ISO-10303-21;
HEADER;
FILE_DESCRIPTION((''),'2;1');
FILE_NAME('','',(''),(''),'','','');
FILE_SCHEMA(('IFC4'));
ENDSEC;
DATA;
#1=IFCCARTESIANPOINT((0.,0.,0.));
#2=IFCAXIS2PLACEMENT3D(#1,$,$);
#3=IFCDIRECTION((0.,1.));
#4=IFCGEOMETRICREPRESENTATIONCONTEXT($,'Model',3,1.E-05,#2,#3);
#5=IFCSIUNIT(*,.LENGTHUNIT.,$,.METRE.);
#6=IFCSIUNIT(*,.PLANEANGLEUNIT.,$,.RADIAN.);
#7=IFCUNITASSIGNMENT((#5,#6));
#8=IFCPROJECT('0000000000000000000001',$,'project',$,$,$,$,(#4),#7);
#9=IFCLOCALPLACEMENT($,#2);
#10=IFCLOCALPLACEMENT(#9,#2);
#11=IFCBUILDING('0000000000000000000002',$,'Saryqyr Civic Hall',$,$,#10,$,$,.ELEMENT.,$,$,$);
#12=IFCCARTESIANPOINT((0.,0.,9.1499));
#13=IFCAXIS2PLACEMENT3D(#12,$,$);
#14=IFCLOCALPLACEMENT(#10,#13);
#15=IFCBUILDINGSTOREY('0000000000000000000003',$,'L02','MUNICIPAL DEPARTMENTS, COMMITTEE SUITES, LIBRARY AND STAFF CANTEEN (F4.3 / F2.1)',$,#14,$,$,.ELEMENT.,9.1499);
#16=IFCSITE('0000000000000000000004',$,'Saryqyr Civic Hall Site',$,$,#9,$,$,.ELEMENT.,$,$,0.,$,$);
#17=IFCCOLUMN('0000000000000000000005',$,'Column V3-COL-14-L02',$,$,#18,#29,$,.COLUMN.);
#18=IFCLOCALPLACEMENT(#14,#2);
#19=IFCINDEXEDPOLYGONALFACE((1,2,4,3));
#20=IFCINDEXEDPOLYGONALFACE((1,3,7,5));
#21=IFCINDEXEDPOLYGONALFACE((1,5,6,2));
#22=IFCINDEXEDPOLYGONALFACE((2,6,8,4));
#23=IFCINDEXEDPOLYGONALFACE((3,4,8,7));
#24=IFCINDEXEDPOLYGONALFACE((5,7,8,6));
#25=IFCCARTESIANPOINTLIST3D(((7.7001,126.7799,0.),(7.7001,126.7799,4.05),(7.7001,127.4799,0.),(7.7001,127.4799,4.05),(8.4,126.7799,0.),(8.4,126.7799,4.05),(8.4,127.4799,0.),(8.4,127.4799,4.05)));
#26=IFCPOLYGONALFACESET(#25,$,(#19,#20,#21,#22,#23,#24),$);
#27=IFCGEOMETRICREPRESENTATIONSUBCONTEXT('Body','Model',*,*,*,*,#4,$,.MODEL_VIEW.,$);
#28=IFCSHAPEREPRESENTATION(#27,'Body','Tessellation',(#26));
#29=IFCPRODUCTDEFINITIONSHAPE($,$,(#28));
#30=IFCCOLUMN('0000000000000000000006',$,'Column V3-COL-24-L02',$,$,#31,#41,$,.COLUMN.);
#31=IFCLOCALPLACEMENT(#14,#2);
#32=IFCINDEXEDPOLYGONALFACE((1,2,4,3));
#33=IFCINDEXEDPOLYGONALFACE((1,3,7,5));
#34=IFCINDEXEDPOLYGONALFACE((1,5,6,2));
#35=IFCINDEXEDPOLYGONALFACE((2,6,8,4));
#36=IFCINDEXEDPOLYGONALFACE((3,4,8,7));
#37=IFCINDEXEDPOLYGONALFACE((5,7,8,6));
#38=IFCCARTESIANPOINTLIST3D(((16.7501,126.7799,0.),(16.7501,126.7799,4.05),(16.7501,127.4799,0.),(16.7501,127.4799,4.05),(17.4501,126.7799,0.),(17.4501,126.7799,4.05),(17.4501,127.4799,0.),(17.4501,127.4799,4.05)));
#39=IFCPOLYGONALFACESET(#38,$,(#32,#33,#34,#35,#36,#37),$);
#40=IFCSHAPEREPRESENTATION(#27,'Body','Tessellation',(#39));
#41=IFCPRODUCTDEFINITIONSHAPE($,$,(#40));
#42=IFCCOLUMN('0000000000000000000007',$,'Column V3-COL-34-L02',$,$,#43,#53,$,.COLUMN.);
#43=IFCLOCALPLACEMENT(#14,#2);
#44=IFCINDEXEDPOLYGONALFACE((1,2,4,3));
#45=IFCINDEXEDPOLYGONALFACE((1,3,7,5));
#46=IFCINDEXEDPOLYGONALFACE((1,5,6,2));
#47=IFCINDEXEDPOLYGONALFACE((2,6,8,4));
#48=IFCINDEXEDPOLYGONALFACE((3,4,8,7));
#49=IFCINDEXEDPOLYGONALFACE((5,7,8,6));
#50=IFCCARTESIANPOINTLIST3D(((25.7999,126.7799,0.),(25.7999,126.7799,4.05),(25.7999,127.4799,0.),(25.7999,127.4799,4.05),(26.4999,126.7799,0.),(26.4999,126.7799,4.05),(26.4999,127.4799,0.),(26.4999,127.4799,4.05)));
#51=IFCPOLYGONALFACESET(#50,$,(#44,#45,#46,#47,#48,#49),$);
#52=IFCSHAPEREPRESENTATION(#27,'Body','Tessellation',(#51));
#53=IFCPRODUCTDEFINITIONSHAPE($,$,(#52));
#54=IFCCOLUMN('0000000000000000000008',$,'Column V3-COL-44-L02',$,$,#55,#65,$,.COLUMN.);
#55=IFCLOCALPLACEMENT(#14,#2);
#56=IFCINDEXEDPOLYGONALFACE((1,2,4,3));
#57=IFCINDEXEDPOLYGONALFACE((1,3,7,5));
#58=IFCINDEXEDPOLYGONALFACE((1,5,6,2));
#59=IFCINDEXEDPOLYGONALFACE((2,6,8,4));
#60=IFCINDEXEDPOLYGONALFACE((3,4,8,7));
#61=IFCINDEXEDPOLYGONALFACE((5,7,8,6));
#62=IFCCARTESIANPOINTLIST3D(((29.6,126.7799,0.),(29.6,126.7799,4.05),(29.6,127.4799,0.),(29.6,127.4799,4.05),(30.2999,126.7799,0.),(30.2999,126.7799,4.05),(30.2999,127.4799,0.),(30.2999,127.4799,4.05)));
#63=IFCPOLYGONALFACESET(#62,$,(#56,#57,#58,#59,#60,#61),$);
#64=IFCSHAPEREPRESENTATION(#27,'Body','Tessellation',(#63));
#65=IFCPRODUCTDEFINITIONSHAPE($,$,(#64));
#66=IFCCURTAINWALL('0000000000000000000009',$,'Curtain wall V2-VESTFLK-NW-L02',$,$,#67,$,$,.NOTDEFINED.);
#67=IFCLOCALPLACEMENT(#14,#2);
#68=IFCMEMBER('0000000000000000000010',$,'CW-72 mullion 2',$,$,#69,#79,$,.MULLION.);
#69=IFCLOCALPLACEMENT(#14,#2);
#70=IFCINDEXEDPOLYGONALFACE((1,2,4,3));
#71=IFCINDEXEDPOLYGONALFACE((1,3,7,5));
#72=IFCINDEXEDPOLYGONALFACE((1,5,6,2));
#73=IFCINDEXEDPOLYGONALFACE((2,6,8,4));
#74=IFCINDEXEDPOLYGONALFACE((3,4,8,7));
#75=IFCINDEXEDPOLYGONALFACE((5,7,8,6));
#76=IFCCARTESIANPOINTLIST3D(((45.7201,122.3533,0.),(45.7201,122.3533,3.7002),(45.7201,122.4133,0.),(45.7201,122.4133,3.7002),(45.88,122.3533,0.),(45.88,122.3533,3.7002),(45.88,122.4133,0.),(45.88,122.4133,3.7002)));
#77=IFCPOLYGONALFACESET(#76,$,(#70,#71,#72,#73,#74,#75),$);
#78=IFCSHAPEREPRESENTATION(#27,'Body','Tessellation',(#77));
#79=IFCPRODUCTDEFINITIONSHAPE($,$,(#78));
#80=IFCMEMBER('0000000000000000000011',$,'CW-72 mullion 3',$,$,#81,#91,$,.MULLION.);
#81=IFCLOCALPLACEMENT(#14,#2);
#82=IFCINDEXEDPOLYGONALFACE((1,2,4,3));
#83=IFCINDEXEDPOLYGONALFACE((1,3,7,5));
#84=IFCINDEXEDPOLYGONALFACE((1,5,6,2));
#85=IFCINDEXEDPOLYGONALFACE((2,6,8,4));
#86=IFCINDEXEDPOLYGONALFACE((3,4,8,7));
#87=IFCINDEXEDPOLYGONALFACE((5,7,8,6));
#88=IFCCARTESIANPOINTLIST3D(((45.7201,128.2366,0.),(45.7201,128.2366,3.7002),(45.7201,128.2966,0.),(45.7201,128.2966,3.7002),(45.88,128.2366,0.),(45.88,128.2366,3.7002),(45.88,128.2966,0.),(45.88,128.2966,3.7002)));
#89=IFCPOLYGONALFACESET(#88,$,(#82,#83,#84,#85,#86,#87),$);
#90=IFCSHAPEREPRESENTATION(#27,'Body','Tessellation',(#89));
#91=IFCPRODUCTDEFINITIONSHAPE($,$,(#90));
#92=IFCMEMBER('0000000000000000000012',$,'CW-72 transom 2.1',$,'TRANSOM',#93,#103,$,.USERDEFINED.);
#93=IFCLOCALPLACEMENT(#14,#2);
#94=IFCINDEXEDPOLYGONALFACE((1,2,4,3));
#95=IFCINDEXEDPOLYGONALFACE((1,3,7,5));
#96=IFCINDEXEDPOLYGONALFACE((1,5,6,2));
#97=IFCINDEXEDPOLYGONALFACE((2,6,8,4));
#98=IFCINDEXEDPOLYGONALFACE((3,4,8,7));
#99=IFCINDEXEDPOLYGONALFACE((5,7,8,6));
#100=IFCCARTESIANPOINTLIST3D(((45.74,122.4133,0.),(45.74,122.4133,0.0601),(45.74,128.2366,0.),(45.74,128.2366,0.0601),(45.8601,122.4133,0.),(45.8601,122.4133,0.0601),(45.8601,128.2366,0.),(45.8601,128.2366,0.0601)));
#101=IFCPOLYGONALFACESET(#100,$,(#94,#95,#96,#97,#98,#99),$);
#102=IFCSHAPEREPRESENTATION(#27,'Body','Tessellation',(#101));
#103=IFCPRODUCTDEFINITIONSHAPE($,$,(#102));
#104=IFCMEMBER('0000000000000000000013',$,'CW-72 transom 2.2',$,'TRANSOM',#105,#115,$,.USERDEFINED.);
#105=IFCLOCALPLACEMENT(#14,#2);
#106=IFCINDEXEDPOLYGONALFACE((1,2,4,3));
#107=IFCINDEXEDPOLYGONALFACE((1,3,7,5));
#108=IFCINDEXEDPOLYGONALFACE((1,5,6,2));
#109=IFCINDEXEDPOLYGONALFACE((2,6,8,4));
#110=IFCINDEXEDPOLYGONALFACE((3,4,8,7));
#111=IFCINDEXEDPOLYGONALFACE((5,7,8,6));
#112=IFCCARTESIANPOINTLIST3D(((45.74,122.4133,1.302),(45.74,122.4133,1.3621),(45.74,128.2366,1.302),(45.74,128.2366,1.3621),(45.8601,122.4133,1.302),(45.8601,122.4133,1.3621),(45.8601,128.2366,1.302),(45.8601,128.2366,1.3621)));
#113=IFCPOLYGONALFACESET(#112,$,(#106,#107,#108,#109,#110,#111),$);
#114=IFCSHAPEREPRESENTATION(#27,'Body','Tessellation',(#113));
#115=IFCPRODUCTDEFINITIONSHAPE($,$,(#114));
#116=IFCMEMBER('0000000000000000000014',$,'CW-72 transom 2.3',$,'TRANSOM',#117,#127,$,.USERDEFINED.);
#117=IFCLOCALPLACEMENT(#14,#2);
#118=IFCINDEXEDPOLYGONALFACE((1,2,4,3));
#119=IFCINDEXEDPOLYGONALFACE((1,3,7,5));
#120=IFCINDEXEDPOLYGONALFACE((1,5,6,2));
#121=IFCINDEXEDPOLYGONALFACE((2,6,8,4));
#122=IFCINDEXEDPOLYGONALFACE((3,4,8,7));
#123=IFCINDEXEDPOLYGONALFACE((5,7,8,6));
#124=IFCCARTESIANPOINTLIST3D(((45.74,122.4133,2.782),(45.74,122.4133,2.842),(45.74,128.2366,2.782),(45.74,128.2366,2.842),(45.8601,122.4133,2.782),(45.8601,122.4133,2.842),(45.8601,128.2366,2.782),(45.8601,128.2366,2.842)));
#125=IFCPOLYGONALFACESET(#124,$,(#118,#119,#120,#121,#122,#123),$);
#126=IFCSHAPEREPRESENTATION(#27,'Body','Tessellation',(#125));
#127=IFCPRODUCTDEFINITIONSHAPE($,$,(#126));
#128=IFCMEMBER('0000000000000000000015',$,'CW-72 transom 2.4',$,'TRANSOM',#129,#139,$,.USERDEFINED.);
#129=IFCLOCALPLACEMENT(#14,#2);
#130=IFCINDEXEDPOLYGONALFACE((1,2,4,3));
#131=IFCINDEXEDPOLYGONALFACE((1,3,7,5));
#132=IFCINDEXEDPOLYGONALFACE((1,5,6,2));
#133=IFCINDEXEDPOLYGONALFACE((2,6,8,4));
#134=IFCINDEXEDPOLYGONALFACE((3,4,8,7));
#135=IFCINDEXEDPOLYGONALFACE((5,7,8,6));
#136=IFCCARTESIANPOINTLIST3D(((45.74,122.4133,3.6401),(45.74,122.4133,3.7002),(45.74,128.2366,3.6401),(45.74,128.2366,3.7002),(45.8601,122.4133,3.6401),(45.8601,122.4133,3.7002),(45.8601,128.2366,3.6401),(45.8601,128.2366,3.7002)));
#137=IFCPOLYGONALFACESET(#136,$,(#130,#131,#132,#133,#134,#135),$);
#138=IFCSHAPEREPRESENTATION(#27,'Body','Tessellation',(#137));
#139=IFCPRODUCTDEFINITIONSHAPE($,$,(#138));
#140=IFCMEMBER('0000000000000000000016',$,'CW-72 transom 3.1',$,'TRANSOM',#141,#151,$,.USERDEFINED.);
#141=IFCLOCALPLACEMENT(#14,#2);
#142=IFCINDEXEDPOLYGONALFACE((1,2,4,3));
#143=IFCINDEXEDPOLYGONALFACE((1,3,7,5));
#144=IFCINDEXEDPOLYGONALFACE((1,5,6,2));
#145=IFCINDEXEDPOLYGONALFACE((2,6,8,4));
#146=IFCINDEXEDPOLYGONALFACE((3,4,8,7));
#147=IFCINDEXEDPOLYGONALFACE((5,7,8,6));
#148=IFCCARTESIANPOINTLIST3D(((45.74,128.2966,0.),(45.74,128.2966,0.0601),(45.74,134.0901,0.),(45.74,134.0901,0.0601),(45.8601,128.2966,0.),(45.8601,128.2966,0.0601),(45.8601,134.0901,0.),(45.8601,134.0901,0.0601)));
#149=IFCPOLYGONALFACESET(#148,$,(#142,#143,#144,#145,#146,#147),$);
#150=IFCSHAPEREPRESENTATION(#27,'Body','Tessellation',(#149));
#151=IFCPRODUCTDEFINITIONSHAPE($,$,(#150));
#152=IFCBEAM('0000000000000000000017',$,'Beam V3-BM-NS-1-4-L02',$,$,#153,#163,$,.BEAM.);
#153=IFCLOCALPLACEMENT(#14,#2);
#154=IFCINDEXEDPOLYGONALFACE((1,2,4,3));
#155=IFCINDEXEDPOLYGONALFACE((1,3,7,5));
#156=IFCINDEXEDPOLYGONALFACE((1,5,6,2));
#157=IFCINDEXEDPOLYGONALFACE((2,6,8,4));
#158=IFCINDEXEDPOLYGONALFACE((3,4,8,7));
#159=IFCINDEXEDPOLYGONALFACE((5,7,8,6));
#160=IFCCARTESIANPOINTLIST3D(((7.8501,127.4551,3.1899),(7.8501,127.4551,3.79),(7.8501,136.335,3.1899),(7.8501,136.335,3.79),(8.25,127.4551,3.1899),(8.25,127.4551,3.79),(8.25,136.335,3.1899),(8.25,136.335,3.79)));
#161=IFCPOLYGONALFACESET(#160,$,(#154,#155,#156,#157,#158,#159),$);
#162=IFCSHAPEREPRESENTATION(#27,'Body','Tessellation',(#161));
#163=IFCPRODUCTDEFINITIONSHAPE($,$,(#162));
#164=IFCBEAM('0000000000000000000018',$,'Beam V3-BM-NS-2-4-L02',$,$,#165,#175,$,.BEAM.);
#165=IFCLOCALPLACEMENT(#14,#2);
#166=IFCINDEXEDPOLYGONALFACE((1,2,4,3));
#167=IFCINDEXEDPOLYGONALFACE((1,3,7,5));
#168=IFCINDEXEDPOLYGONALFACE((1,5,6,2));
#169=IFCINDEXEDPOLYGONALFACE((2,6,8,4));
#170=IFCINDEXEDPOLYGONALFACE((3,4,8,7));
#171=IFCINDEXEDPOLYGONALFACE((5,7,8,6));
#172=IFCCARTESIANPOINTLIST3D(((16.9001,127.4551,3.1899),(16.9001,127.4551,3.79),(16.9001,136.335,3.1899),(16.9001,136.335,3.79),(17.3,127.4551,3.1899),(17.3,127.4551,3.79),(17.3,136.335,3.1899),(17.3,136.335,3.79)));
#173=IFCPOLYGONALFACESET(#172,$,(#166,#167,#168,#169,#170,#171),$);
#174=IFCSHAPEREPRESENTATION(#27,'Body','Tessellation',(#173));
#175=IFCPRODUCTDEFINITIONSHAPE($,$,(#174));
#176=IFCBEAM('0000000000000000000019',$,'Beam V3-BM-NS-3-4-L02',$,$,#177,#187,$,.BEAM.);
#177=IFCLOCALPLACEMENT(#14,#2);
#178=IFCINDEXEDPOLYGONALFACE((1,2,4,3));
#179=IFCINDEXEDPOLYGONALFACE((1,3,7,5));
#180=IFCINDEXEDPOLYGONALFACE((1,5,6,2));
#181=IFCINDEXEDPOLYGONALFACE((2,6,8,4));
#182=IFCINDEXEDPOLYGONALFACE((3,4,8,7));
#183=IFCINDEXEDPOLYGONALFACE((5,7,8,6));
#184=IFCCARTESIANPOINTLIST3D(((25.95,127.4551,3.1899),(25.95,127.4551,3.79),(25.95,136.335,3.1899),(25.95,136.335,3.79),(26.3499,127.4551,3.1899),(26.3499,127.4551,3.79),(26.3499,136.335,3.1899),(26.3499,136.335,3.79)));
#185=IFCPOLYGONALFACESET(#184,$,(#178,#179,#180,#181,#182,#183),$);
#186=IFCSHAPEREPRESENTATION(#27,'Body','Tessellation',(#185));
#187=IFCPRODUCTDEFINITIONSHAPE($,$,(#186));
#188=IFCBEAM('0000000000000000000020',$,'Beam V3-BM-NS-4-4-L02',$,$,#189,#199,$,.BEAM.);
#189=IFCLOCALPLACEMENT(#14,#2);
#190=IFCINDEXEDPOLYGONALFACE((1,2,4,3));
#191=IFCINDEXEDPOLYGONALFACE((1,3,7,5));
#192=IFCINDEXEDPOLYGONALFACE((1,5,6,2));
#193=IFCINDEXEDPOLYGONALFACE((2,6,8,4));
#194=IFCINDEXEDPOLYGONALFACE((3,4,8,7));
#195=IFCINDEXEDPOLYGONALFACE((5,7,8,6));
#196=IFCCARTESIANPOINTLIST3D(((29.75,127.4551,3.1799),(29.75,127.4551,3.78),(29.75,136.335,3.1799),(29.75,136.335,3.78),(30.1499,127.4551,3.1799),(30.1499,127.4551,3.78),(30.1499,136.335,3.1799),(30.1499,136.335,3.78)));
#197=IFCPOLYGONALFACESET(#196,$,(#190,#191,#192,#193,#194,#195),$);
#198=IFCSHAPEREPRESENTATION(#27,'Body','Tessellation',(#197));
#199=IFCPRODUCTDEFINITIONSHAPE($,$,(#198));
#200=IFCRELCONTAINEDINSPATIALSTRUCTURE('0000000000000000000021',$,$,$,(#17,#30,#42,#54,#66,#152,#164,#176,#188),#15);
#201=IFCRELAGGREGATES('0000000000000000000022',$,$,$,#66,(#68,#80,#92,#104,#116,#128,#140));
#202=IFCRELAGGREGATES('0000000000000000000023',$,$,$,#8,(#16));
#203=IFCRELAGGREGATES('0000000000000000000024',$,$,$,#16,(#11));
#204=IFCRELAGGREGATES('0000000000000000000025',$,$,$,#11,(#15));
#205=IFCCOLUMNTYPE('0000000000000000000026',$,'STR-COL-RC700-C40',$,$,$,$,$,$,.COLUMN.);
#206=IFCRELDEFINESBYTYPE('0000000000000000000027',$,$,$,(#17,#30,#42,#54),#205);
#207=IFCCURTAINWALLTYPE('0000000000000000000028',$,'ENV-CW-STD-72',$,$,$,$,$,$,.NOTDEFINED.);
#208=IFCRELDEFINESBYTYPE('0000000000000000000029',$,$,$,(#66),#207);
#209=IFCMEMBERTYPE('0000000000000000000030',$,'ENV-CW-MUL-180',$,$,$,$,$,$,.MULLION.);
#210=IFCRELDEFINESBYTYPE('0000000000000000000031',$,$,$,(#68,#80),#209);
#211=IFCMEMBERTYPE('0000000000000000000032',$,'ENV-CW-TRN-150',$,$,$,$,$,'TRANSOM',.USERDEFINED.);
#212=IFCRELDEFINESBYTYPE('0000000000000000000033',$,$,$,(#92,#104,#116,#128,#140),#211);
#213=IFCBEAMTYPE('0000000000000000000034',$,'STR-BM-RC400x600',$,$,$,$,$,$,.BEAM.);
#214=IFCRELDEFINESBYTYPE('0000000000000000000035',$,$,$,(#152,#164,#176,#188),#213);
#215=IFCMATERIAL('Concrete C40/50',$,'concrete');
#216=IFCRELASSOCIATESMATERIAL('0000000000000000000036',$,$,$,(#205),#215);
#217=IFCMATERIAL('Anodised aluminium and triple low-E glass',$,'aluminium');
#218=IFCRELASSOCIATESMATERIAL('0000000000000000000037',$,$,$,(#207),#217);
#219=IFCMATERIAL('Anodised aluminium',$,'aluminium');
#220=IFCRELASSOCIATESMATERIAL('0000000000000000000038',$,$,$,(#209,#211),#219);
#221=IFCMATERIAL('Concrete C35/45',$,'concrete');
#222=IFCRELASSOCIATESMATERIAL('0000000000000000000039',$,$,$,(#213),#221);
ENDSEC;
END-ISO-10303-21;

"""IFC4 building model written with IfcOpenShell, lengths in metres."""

from ifc_helpers import new_model, si_unit, direction, frame, origin, origin_2d, place, context, subcontext, project, spatial, rectangle, extrude, material, material_profile, profile_set, type_object, element, aggregate, save


model = new_model("IFC4")

# Units and contexts
model_context = context("Model", 3, precision=1e-05, world=origin(), true_north=direction((0.0, 1.0)))
body_context = subcontext(model_context, "Body", "Model", "MODEL_VIEW")
ifc_project = project(units=[si_unit("LENGTHUNIT", "METRE"), si_unit("PLANEANGLEUNIT", "RADIAN")], contexts=[model_context])

# Site, building, storey
site_placement = place(None, origin())
site = spatial("IfcSite", under=ifc_project, at=site_placement, Name="Saryqyr Civic Hall Site", CompositionType="ELEMENT", RefElevation=0.0)
building_placement = place(site_placement, origin())
building = spatial("IfcBuilding", under=site, at=building_placement, Name="Saryqyr Civic Hall", CompositionType="ELEMENT")
storey_placement = place(building_placement, frame((0.0, 0.0, 9.1499)))
storey = spatial("IfcBuildingStorey", under=building, at=storey_placement, Name="L02", Description="MUNICIPAL DEPARTMENTS, COMMITTEE SUITES, LIBRARY AND STAFF CANTEEN (F4.3 / F2.1)", CompositionType="ELEMENT", Elevation=9.1499)

# Columns
ifc_material_1 = material(Name="Concrete C40/50", Category="concrete")
ifc_material_profile_1 = material_profile(ifc_material_1, rectangle(XDim=0.7, YDim=0.7, at=origin_2d()), Name="RC 700x700")
ifc_profile_set_1 = profile_set([ifc_material_profile_1], Name="Concrete C40/50")
column_type = type_object("IfcColumnType", Name="STR-COL-RC700-C40", PredefinedType="COLUMN", material=ifc_profile_set_1)
for number, where, z_axis, x_axis, name in (
    (1, (8.05, 127.1299, 0.0), (0.0, 0.0, 1.0), (1.0, 0.0, 0.0), "Column V3-COL-14-L02"),
    (2, (17.1001, 127.1299, 0.0), (0.0, 0.0, 1.0), (1.0, 0.0, 0.0), "Column V3-COL-24-L02"),
    (3, (26.1499, 127.1299, 0.0), (0.0, 0.0, 1.0), (1.0, 0.0, 0.0), "Column V3-COL-34-L02"),
    (4, (29.95, 127.1299, 0.0), (0.0, 0.0, 1.0), (1.0, 0.0, 0.0), "Column V3-COL-44-L02"),
):
    element("IfcColumn", number, at=place(storey_placement, frame(where, z_axis=z_axis, x_axis=x_axis)), inside=storey, type_object=column_type, Name=name, PredefinedType="COLUMN", context=body_context, shape_type="SweptSolid", body=[
        extrude(rectangle(XDim=0.7, YDim=0.7, at=origin_2d()), origin(), (0.0, 0.0, 1.0), 4.05),
    ])

# Curtain wall, members
ifc_material_2 = material(Name="Anodised aluminium and triple low-E glass", Category="aluminium")
curtain_wall_type = type_object("IfcCurtainWallType", Name="ENV-CW-STD-72", PredefinedType="NOTDEFINED", material=ifc_material_2)
curtain_wall_placement = place(storey_placement, origin())
curtain_wall = element("IfcCurtainWall", 5, at=curtain_wall_placement, inside=storey, type_object=curtain_wall_type, Name="Curtain wall V2-VESTFLK-NW-L02", PredefinedType="NOTDEFINED")
ifc_material_3 = material(Name="Anodised aluminium", Category="aluminium")
ifc_material_profile_2 = material_profile(ifc_material_3, rectangle(XDim=0.0601, YDim=0.1599, at=origin_2d()), Name="ALU MULLION 60x160")
ifc_profile_set_2 = profile_set([ifc_material_profile_2], Name="Anodised aluminium")
member_type_1 = type_object("IfcMemberType", Name="ENV-CW-MUL-180", PredefinedType="MULLION", material=ifc_profile_set_2)
member_1_placement = place(storey_placement, frame((45.8, 122.3833, 0.0), z_axis=(0.0, 0.0, 1.0), x_axis=(0.0, 1.0, 0.0)))
member_1 = element("IfcMember", 6, at=member_1_placement, type_object=member_type_1, Name="CW-72 mullion 2", PredefinedType="MULLION", context=body_context, shape_type="SweptSolid", body=[
    extrude(rectangle(XDim=0.0601, YDim=0.1599, at=origin_2d()), origin(), (0.0, 0.0, 1.0), 3.7002),
])
member_2_placement = place(storey_placement, frame((45.8, 128.2666, 0.0), z_axis=(0.0, 0.0, 1.0), x_axis=(0.0, 1.0, 0.0)))
member_2 = element("IfcMember", 7, at=member_2_placement, type_object=member_type_1, Name="CW-72 mullion 3", PredefinedType="MULLION", context=body_context, shape_type="SweptSolid", body=[
    extrude(rectangle(XDim=0.0601, YDim=0.1599, at=origin_2d()), origin(), (0.0, 0.0, 1.0), 3.7002),
])
ifc_material_profile_3 = material_profile(ifc_material_3, rectangle(XDim=0.1201, YDim=0.0601, at=origin_2d()), Name="ALU TRANSOM 120x60")
ifc_profile_set_3 = profile_set([ifc_material_profile_3], Name="Anodised aluminium")
member_type_2 = type_object("IfcMemberType", Name="ENV-CW-TRN-150", ElementType="TRANSOM", PredefinedType="USERDEFINED", material=ifc_profile_set_3)
member_3_placement = place(storey_placement, frame((45.8, 122.4133, 0.03), z_axis=(0.0, 1.0, 0.0), x_axis=(-1.0, 0.0, 0.0)))
member_3 = element("IfcMember", 8, at=member_3_placement, type_object=member_type_2, Name="CW-72 transom 2.1", ObjectType="TRANSOM", PredefinedType="USERDEFINED", context=body_context, shape_type="SweptSolid", body=[
    extrude(rectangle(XDim=0.1201, YDim=0.0601, at=origin_2d()), origin(), (0.0, 0.0, 1.0), 5.8232),
])
member_4_placement = place(storey_placement, frame((45.8, 122.4133, 1.332), z_axis=(0.0, 1.0, 0.0), x_axis=(-1.0, 0.0, 0.0)))
member_4 = element("IfcMember", 9, at=member_4_placement, type_object=member_type_2, Name="CW-72 transom 2.2", ObjectType="TRANSOM", PredefinedType="USERDEFINED", context=body_context, shape_type="SweptSolid", body=[
    extrude(rectangle(XDim=0.1201, YDim=0.0601, at=origin_2d()), origin(), (0.0, 0.0, 1.0), 5.8232),
])
member_5_placement = place(storey_placement, frame((45.8, 122.4133, 2.812), z_axis=(0.0, 1.0, 0.0), x_axis=(-1.0, 0.0, 0.0)))
member_5 = element("IfcMember", 10, at=member_5_placement, type_object=member_type_2, Name="CW-72 transom 2.3", ObjectType="TRANSOM", PredefinedType="USERDEFINED", context=body_context, shape_type="SweptSolid", body=[
    extrude(rectangle(XDim=0.1201, YDim=0.0601, at=origin_2d()), origin(), (0.0, 0.0, 1.0), 5.8232),
])
member_6_placement = place(storey_placement, frame((45.8, 122.4133, 3.6702), z_axis=(0.0, 1.0, 0.0), x_axis=(-1.0, 0.0, 0.0)))
member_6 = element("IfcMember", 11, at=member_6_placement, type_object=member_type_2, Name="CW-72 transom 2.4", ObjectType="TRANSOM", PredefinedType="USERDEFINED", context=body_context, shape_type="SweptSolid", body=[
    extrude(rectangle(XDim=0.1201, YDim=0.0601, at=origin_2d()), origin(), (0.0, 0.0, 1.0), 5.8232),
])
member_7_placement = place(storey_placement, frame((45.8, 128.2966, 0.03), z_axis=(0.0, 1.0, 0.0), x_axis=(-1.0, 0.0, 0.0)))
member_7 = element("IfcMember", 12, at=member_7_placement, type_object=member_type_2, Name="CW-72 transom 3.1", ObjectType="TRANSOM", PredefinedType="USERDEFINED", context=body_context, shape_type="SweptSolid", body=[
    extrude(rectangle(XDim=0.1201, YDim=0.0601, at=origin_2d()), origin(), (0.0, 0.0, 1.0), 5.7935),
])

# Beams
ifc_material_4 = material(Name="Concrete C35/45", Category="concrete")
ifc_material_profile_4 = material_profile(ifc_material_4, rectangle(XDim=0.3999, YDim=0.6001, at=origin_2d()), Name="RC 400x600")
ifc_profile_set_4 = profile_set([ifc_material_profile_4], Name="Concrete C35/45")
beam_type_1 = type_object("IfcBeamType", Name="STR-BM-RC400x600", PredefinedType="BEAM", material=ifc_profile_set_4)
for number, where, z_axis, x_axis, name in (
    (13, (8.05, 127.4551, 3.49), (0.0, 1.0, 0.0), (-1.0, 0.0, 0.0), "Beam V3-BM-NS-1-4-L02"),
    (14, (17.1001, 127.4551, 3.49), (0.0, 1.0, 0.0), (-1.0, 0.0, 0.0), "Beam V3-BM-NS-2-4-L02"),
    (15, (26.1499, 127.4551, 3.49), (0.0, 1.0, 0.0), (-1.0, 0.0, 0.0), "Beam V3-BM-NS-3-4-L02"),
    (16, (29.95, 127.4551, 3.48), (0.0, 1.0, 0.0), (-1.0, 0.0, 0.0), "Beam V3-BM-NS-4-4-L02"),
):
    element("IfcBeam", number, at=place(storey_placement, frame(where, z_axis=z_axis, x_axis=x_axis)), inside=storey, type_object=beam_type_1, Name=name, PredefinedType="BEAM", context=body_context, shape_type="SweptSolid", body=[
        extrude(rectangle(XDim=0.3999, YDim=0.6001, at=origin_2d()), origin(), (0.0, 0.0, 1.0), 8.8799),
    ])

aggregate(curtain_wall, [member_1, member_2, member_3, member_4, member_5, member_6, member_7])

save(model, "model.ifc")
